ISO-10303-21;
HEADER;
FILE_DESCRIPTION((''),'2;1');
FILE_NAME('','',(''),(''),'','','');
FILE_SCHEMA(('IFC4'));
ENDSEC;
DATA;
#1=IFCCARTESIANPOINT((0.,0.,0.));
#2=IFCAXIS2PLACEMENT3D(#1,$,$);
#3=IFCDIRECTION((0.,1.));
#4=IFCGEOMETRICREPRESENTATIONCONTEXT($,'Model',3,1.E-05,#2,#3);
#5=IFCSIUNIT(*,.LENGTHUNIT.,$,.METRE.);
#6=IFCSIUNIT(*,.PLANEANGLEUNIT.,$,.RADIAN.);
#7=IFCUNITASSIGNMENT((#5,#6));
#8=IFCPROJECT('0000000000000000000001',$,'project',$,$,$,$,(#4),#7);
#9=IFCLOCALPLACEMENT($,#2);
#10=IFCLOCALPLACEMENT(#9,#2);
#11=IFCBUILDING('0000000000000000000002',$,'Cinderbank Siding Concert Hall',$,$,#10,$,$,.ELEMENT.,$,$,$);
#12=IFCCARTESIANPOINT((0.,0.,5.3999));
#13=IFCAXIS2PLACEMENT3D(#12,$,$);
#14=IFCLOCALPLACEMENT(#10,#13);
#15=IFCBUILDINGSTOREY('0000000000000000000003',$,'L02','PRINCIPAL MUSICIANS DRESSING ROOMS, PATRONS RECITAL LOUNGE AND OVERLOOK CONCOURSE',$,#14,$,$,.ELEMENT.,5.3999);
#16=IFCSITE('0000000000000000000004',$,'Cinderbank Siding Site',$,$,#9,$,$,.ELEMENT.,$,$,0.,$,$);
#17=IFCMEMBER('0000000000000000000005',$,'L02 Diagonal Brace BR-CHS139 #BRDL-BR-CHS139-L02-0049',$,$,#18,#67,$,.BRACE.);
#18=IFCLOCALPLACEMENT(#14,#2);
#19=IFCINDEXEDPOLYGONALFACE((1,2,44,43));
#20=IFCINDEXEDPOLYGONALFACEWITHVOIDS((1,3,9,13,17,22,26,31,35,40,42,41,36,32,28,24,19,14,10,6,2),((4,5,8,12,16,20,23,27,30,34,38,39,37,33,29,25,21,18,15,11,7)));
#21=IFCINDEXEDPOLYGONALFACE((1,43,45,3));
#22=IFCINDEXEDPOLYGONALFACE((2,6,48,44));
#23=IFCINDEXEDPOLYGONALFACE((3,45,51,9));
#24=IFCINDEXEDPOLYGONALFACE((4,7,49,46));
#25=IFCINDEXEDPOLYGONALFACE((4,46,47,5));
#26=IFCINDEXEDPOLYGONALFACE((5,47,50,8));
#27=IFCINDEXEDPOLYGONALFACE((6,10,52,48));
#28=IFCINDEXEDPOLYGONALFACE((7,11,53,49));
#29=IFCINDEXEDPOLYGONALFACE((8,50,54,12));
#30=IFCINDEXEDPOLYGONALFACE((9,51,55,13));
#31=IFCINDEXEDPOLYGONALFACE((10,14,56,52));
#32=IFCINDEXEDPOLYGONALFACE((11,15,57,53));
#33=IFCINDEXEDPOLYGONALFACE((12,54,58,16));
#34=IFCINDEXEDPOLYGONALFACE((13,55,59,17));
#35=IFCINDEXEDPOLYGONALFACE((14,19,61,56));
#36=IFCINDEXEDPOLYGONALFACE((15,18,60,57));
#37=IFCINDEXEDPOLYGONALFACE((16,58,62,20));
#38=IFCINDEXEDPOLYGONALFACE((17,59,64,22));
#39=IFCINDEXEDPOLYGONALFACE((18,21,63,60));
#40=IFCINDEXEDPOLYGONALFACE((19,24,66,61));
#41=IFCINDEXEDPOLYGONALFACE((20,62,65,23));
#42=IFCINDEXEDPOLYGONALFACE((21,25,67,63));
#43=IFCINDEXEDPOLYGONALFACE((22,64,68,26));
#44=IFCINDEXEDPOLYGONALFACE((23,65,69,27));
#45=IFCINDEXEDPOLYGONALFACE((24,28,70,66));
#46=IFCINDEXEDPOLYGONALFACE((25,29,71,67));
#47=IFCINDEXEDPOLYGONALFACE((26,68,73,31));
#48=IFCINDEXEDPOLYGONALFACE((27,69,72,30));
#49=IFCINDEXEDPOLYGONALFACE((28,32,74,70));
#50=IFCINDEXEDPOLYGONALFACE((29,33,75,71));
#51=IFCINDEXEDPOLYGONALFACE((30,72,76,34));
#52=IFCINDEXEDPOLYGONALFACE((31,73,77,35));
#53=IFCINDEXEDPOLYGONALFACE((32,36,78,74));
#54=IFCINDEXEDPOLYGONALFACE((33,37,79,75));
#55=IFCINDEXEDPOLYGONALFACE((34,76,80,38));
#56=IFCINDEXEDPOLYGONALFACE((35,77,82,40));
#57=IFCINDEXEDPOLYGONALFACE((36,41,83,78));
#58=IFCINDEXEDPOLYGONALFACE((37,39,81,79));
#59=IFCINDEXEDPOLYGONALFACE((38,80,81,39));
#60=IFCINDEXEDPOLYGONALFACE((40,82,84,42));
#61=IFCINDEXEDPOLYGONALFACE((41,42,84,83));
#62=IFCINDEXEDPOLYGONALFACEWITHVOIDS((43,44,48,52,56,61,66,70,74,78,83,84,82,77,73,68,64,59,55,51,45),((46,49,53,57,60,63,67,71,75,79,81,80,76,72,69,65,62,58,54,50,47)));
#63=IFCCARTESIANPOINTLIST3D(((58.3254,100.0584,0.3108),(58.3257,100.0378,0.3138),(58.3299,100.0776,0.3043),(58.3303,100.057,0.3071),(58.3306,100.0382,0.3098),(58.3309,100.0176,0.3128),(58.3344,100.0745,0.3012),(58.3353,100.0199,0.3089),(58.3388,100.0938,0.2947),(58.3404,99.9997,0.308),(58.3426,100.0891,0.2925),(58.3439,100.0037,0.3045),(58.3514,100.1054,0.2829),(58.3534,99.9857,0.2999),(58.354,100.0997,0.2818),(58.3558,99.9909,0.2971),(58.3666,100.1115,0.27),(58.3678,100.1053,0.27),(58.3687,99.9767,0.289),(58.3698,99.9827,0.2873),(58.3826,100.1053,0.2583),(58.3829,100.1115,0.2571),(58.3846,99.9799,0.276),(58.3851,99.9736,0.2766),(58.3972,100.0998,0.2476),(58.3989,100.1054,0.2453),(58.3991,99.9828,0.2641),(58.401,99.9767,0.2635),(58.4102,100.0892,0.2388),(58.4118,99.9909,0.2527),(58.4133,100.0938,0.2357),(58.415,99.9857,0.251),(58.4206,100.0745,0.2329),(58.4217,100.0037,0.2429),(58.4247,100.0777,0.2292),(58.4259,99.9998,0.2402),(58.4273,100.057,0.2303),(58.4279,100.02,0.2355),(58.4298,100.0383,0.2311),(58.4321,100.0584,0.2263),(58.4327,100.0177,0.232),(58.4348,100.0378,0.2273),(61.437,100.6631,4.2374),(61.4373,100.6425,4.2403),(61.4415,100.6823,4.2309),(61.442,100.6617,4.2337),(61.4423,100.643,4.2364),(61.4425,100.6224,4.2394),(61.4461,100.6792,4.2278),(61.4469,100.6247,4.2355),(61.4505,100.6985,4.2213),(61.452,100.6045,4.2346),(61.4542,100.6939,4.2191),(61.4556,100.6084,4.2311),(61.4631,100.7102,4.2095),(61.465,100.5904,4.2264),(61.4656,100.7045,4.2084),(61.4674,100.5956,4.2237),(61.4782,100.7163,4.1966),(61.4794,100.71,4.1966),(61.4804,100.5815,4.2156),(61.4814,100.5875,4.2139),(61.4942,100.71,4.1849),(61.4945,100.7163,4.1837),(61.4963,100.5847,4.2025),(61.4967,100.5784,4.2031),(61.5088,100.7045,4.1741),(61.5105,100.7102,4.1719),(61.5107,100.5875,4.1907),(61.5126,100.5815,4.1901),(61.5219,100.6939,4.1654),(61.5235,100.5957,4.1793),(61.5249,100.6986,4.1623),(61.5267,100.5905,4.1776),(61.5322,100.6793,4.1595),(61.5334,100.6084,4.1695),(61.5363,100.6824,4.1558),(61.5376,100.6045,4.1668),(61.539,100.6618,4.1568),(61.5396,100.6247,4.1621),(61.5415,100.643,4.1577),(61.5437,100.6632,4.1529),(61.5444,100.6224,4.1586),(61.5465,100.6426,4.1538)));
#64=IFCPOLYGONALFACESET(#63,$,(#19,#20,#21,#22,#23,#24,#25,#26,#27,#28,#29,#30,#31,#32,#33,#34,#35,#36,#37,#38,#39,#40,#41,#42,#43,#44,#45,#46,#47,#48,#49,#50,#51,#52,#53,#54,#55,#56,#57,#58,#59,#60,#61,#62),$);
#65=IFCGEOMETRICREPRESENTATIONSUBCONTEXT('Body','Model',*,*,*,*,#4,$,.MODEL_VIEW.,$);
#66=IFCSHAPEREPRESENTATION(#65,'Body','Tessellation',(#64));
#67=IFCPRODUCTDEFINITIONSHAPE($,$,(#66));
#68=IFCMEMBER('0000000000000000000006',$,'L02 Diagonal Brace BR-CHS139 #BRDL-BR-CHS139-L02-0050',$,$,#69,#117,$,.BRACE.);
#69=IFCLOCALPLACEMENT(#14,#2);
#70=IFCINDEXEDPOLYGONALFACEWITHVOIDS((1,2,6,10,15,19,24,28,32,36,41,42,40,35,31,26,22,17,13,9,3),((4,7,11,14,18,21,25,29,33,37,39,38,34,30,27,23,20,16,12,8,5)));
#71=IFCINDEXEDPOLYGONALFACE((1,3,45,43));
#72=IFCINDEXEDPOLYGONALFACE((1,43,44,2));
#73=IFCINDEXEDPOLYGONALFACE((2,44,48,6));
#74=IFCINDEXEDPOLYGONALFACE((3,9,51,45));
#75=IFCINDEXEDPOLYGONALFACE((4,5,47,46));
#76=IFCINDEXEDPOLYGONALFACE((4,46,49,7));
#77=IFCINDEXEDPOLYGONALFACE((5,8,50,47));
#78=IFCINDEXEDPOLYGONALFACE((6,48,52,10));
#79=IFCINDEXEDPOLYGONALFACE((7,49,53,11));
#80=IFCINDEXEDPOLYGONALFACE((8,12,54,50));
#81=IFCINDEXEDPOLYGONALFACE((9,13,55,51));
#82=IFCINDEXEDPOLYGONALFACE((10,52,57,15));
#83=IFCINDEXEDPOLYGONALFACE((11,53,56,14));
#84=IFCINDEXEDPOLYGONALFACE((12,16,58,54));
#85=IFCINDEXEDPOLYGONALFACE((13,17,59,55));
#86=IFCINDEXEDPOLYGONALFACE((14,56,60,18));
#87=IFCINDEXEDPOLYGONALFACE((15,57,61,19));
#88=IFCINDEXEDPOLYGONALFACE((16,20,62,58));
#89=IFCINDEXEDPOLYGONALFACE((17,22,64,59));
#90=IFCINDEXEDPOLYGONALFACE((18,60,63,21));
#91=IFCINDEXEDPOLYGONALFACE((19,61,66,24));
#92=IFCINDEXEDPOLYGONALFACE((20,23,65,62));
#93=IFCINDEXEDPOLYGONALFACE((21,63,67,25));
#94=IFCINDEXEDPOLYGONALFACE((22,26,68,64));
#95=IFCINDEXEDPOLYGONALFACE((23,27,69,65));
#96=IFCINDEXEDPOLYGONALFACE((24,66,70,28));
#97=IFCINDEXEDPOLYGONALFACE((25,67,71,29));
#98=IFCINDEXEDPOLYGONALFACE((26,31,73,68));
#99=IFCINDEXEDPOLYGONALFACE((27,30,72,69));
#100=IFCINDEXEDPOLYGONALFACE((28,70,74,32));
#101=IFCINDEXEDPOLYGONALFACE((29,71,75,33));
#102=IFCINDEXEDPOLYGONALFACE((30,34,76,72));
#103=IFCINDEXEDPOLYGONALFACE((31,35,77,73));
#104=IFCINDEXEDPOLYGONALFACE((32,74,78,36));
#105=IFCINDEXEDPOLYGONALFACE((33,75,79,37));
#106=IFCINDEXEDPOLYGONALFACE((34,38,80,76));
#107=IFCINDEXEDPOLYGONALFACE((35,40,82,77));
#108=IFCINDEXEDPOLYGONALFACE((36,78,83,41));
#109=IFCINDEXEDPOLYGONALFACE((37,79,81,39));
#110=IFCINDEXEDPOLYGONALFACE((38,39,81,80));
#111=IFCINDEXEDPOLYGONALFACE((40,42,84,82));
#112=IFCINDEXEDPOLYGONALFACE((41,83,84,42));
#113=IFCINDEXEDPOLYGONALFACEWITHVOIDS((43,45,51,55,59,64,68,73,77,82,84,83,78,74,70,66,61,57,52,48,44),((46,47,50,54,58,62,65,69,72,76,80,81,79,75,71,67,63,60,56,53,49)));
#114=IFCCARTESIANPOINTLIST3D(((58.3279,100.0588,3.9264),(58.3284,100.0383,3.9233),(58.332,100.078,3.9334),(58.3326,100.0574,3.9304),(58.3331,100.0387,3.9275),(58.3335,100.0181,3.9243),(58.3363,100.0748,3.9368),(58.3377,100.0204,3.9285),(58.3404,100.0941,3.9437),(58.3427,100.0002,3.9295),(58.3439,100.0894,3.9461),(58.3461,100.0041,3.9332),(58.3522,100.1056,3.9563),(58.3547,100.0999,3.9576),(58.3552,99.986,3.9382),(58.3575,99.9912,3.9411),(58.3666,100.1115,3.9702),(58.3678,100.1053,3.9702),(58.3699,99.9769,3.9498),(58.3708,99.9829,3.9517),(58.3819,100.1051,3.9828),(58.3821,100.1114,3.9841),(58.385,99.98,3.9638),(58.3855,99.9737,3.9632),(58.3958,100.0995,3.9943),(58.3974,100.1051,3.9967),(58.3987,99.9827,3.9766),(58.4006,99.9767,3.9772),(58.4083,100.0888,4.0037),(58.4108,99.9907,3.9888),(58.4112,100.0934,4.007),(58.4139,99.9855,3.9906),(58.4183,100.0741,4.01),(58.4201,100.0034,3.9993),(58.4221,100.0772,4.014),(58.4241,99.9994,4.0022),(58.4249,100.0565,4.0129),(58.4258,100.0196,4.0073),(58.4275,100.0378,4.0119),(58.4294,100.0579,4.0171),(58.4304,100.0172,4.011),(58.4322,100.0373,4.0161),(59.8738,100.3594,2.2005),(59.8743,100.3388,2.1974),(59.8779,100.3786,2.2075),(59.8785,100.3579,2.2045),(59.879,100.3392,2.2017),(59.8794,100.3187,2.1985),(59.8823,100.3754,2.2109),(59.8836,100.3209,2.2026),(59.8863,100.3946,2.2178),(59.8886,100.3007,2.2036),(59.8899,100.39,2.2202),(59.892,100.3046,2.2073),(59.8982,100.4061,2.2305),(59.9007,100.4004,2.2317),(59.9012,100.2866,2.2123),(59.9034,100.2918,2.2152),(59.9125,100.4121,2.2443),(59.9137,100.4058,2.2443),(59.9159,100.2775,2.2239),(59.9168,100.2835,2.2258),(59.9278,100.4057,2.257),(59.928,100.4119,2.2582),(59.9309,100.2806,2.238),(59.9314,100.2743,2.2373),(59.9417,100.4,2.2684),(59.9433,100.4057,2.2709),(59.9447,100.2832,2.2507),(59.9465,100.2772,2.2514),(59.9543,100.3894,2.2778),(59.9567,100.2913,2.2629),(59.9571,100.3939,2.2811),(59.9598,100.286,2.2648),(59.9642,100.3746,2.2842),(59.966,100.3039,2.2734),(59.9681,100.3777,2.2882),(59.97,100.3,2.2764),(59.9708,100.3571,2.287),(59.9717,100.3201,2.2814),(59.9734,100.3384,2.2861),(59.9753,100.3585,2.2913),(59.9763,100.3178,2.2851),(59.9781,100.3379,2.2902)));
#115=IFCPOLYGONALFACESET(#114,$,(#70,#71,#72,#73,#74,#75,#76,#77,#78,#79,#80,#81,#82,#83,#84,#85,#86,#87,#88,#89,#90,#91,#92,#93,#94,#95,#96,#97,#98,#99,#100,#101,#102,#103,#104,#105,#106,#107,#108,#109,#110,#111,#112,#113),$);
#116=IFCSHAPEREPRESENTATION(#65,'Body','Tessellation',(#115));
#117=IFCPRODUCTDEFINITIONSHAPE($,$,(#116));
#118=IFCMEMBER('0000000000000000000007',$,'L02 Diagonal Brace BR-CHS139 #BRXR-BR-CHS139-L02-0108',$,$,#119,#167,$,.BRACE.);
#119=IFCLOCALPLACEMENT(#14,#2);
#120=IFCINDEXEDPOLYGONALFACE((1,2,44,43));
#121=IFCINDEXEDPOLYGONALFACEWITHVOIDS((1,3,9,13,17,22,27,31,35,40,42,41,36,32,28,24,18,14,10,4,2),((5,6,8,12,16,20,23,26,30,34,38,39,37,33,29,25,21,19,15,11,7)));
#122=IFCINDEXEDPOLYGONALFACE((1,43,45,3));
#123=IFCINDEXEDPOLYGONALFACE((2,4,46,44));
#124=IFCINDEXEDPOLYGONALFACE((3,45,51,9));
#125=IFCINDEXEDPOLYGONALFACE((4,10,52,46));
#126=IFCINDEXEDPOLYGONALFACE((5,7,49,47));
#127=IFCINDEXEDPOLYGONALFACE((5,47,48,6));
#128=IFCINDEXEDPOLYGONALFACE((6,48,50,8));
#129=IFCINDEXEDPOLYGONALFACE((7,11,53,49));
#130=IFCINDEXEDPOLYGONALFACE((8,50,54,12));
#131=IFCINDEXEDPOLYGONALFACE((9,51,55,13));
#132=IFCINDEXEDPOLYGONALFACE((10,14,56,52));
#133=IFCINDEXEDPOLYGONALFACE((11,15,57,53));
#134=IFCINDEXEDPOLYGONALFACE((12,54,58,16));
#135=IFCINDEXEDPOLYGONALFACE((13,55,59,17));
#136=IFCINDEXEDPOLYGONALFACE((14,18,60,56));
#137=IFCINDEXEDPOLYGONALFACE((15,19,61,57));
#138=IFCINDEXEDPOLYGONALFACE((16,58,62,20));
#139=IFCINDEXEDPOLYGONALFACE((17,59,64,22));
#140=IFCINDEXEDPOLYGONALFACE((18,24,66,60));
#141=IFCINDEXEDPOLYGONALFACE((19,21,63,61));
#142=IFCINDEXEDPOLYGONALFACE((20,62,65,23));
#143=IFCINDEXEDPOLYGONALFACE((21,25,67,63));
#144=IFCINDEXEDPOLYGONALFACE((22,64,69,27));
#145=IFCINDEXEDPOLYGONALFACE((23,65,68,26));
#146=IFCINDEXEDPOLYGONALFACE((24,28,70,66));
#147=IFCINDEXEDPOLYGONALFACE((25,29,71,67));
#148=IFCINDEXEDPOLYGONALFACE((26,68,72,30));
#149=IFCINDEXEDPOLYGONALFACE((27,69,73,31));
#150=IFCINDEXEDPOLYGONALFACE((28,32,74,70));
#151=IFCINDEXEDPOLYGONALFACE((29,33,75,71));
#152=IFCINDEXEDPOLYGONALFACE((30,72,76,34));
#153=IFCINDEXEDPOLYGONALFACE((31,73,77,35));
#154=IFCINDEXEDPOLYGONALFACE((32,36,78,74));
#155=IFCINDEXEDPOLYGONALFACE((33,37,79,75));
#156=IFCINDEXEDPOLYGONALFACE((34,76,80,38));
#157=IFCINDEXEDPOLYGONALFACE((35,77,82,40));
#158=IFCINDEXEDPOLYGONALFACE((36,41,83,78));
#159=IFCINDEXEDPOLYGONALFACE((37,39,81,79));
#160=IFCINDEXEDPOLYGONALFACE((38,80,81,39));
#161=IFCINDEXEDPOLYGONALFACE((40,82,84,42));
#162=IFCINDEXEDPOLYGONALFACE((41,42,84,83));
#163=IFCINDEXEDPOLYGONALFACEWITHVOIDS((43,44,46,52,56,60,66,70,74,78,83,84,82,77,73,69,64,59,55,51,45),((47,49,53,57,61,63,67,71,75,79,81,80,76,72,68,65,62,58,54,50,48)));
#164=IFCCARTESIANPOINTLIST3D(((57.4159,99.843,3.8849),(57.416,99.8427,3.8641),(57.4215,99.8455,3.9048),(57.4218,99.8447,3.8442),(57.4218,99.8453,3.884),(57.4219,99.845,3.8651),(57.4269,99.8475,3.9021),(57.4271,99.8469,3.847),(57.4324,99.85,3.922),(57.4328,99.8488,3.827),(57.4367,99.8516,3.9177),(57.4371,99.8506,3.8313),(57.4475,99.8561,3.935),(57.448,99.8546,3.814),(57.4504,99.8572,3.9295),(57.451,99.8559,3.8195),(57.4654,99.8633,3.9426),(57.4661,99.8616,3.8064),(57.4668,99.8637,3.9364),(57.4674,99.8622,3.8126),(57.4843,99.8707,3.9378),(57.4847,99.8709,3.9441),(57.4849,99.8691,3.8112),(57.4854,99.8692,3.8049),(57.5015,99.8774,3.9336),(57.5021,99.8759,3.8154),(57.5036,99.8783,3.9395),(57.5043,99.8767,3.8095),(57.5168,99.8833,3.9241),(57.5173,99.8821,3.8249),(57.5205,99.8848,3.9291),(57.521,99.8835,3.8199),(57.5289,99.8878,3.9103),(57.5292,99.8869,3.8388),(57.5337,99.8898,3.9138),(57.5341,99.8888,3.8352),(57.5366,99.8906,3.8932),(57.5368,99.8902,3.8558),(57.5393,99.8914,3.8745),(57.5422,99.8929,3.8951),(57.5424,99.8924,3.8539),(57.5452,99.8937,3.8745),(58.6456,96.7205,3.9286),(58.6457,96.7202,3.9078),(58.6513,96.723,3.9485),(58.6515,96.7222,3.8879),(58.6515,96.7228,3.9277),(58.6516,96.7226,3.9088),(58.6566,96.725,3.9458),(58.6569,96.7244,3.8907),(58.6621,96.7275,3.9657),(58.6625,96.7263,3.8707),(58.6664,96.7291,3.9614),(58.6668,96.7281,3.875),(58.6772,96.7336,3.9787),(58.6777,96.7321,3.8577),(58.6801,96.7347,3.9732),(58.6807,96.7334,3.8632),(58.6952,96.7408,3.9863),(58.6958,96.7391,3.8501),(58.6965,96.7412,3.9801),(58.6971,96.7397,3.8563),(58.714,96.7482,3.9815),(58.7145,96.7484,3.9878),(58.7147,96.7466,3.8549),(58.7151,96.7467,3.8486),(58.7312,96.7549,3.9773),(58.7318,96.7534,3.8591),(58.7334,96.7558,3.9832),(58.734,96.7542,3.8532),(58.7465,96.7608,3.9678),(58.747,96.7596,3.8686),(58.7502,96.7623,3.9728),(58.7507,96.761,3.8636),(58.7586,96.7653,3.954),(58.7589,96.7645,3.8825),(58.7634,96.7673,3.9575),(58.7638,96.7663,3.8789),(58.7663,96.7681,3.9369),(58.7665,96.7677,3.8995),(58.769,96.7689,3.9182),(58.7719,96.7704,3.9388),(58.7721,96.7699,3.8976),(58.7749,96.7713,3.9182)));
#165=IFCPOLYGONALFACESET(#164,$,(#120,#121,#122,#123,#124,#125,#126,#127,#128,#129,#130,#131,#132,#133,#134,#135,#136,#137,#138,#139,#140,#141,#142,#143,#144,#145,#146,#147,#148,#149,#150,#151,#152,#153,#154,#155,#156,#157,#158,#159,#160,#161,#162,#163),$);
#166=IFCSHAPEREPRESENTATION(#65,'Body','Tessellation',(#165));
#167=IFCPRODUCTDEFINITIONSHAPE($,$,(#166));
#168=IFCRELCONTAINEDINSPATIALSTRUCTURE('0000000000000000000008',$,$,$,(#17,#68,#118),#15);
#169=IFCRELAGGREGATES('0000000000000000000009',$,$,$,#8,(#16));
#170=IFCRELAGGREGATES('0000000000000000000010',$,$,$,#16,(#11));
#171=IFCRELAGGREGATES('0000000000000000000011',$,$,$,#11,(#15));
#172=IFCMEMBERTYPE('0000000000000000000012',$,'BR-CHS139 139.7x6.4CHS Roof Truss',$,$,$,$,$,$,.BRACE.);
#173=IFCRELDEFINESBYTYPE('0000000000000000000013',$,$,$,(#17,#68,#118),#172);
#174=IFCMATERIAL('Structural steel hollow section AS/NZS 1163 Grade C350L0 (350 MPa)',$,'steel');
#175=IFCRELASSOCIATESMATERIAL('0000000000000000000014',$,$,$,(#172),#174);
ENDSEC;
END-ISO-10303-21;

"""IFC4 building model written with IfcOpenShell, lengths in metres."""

from ifc_helpers import new_model, si_unit, direction, frame, origin, origin_2d, place, context, subcontext, project, spatial, hollow_circle, extrude, material, material_profile, profile_set, type_object, element, save


model = new_model("IFC4")

# Units and contexts
model_context = context("Model", 3, precision=1e-05, world=origin(), true_north=direction((0.0, 1.0)))
body_context = subcontext(model_context, "Body", "Model", "MODEL_VIEW")
ifc_project = project(units=[si_unit("LENGTHUNIT", "METRE"), si_unit("PLANEANGLEUNIT", "RADIAN")], contexts=[model_context])

# Site, building, storey
site_placement = place(None, origin())
site = spatial("IfcSite", under=ifc_project, at=site_placement, Name="Cinderbank Siding Site", CompositionType="ELEMENT", RefElevation=0.0)
building_placement = place(site_placement, origin())
building = spatial("IfcBuilding", under=site, at=building_placement, Name="Cinderbank Siding Concert Hall", CompositionType="ELEMENT")
storey_placement = place(building_placement, frame((0.0, 0.0, 5.3999)))
storey = spatial("IfcBuildingStorey", under=building, at=storey_placement, Name="L02", Description="PRINCIPAL MUSICIANS DRESSING ROOMS, PATRONS RECITAL LOUNGE AND OVERLOOK CONCOURSE", CompositionType="ELEMENT", Elevation=5.3999)

# Members
ifc_material_1 = material(Name="Structural steel hollow section AS/NZS 1163 Grade C350L0 (350 MPa)", Category="steel")
ifc_material_profile_1 = material_profile(ifc_material_1, hollow_circle(Radius=0.0698, WallThickness=0.0063, at=origin_2d()), Name="139.7x6.4CHS", Category="LoadBearing")
ifc_profile_set_1 = profile_set([ifc_material_profile_1], Name="Structural steel hollow section AS/NZS 1163 Grade C350L0 (350 MPa)")
member_type_1 = type_object("IfcMemberType", Name="BR-CHS139 139.7x6.4CHS Roof Truss", PredefinedType="BRACE", material=ifc_profile_set_1)
member_1_placement = place(storey_placement, frame((58.3799, 100.043, 0.27), z_axis=(0.616605, 0.119838, 0.778098), x_axis=(-0.190781, 0.981633, 0.0)))
element("IfcMember", 1, at=member_1_placement, inside=storey, type_object=member_type_1, Name="L02 Diagonal Brace BR-CHS139 #BRDL-BR-CHS139-L02-0049", PredefinedType="BRACE", context=body_context, shape_type="SweptSolid", body=[
    extrude(hollow_circle(Radius=0.0698, WallThickness=0.0063, at=origin_2d()), origin(), (0.0, 0.0, 1.0), 5.0464),
])
member_2_placement = place(storey_placement, frame((58.3799, 100.043, 3.9702), z_axis=(0.661667, 0.128634, -0.738681), x_axis=(-0.190836, 0.981622, 0.0)))
element("IfcMember", 2, at=member_2_placement, inside=storey, type_object=member_type_1, Name="L02 Diagonal Brace BR-CHS139 #BRDL-BR-CHS139-L02-0050", PredefinedType="BRACE", context=body_context, shape_type="SweptSolid", body=[
    extrude(hollow_circle(Radius=0.0698, WallThickness=0.0063, at=origin_2d()), origin(), (0.0, 0.0, 1.0), 2.3364),
])
for number, where, z_axis, x_axis, name in (
    (3, (57.4802, 99.8682, 3.8745), (0.3664, -0.930366, 0.013021), (0.930445, 0.366431, 0.0), "L02 Diagonal Brace BR-CHS139 #BRXR-BR-CHS139-L02-0108"),
):
    element("IfcMember", number, at=place(storey_placement, frame(where, z_axis=z_axis, x_axis=x_axis)), inside=storey, type_object=member_type_1, Name=name, PredefinedType="BRACE", context=body_context, shape_type="SweptSolid", body=[
        extrude(hollow_circle(Radius=0.0698, WallThickness=0.0063, at=origin_2d()), origin(), (0.0, 0.0, 1.0), 3.3562),
    ])

save(model, "model.ifc")
